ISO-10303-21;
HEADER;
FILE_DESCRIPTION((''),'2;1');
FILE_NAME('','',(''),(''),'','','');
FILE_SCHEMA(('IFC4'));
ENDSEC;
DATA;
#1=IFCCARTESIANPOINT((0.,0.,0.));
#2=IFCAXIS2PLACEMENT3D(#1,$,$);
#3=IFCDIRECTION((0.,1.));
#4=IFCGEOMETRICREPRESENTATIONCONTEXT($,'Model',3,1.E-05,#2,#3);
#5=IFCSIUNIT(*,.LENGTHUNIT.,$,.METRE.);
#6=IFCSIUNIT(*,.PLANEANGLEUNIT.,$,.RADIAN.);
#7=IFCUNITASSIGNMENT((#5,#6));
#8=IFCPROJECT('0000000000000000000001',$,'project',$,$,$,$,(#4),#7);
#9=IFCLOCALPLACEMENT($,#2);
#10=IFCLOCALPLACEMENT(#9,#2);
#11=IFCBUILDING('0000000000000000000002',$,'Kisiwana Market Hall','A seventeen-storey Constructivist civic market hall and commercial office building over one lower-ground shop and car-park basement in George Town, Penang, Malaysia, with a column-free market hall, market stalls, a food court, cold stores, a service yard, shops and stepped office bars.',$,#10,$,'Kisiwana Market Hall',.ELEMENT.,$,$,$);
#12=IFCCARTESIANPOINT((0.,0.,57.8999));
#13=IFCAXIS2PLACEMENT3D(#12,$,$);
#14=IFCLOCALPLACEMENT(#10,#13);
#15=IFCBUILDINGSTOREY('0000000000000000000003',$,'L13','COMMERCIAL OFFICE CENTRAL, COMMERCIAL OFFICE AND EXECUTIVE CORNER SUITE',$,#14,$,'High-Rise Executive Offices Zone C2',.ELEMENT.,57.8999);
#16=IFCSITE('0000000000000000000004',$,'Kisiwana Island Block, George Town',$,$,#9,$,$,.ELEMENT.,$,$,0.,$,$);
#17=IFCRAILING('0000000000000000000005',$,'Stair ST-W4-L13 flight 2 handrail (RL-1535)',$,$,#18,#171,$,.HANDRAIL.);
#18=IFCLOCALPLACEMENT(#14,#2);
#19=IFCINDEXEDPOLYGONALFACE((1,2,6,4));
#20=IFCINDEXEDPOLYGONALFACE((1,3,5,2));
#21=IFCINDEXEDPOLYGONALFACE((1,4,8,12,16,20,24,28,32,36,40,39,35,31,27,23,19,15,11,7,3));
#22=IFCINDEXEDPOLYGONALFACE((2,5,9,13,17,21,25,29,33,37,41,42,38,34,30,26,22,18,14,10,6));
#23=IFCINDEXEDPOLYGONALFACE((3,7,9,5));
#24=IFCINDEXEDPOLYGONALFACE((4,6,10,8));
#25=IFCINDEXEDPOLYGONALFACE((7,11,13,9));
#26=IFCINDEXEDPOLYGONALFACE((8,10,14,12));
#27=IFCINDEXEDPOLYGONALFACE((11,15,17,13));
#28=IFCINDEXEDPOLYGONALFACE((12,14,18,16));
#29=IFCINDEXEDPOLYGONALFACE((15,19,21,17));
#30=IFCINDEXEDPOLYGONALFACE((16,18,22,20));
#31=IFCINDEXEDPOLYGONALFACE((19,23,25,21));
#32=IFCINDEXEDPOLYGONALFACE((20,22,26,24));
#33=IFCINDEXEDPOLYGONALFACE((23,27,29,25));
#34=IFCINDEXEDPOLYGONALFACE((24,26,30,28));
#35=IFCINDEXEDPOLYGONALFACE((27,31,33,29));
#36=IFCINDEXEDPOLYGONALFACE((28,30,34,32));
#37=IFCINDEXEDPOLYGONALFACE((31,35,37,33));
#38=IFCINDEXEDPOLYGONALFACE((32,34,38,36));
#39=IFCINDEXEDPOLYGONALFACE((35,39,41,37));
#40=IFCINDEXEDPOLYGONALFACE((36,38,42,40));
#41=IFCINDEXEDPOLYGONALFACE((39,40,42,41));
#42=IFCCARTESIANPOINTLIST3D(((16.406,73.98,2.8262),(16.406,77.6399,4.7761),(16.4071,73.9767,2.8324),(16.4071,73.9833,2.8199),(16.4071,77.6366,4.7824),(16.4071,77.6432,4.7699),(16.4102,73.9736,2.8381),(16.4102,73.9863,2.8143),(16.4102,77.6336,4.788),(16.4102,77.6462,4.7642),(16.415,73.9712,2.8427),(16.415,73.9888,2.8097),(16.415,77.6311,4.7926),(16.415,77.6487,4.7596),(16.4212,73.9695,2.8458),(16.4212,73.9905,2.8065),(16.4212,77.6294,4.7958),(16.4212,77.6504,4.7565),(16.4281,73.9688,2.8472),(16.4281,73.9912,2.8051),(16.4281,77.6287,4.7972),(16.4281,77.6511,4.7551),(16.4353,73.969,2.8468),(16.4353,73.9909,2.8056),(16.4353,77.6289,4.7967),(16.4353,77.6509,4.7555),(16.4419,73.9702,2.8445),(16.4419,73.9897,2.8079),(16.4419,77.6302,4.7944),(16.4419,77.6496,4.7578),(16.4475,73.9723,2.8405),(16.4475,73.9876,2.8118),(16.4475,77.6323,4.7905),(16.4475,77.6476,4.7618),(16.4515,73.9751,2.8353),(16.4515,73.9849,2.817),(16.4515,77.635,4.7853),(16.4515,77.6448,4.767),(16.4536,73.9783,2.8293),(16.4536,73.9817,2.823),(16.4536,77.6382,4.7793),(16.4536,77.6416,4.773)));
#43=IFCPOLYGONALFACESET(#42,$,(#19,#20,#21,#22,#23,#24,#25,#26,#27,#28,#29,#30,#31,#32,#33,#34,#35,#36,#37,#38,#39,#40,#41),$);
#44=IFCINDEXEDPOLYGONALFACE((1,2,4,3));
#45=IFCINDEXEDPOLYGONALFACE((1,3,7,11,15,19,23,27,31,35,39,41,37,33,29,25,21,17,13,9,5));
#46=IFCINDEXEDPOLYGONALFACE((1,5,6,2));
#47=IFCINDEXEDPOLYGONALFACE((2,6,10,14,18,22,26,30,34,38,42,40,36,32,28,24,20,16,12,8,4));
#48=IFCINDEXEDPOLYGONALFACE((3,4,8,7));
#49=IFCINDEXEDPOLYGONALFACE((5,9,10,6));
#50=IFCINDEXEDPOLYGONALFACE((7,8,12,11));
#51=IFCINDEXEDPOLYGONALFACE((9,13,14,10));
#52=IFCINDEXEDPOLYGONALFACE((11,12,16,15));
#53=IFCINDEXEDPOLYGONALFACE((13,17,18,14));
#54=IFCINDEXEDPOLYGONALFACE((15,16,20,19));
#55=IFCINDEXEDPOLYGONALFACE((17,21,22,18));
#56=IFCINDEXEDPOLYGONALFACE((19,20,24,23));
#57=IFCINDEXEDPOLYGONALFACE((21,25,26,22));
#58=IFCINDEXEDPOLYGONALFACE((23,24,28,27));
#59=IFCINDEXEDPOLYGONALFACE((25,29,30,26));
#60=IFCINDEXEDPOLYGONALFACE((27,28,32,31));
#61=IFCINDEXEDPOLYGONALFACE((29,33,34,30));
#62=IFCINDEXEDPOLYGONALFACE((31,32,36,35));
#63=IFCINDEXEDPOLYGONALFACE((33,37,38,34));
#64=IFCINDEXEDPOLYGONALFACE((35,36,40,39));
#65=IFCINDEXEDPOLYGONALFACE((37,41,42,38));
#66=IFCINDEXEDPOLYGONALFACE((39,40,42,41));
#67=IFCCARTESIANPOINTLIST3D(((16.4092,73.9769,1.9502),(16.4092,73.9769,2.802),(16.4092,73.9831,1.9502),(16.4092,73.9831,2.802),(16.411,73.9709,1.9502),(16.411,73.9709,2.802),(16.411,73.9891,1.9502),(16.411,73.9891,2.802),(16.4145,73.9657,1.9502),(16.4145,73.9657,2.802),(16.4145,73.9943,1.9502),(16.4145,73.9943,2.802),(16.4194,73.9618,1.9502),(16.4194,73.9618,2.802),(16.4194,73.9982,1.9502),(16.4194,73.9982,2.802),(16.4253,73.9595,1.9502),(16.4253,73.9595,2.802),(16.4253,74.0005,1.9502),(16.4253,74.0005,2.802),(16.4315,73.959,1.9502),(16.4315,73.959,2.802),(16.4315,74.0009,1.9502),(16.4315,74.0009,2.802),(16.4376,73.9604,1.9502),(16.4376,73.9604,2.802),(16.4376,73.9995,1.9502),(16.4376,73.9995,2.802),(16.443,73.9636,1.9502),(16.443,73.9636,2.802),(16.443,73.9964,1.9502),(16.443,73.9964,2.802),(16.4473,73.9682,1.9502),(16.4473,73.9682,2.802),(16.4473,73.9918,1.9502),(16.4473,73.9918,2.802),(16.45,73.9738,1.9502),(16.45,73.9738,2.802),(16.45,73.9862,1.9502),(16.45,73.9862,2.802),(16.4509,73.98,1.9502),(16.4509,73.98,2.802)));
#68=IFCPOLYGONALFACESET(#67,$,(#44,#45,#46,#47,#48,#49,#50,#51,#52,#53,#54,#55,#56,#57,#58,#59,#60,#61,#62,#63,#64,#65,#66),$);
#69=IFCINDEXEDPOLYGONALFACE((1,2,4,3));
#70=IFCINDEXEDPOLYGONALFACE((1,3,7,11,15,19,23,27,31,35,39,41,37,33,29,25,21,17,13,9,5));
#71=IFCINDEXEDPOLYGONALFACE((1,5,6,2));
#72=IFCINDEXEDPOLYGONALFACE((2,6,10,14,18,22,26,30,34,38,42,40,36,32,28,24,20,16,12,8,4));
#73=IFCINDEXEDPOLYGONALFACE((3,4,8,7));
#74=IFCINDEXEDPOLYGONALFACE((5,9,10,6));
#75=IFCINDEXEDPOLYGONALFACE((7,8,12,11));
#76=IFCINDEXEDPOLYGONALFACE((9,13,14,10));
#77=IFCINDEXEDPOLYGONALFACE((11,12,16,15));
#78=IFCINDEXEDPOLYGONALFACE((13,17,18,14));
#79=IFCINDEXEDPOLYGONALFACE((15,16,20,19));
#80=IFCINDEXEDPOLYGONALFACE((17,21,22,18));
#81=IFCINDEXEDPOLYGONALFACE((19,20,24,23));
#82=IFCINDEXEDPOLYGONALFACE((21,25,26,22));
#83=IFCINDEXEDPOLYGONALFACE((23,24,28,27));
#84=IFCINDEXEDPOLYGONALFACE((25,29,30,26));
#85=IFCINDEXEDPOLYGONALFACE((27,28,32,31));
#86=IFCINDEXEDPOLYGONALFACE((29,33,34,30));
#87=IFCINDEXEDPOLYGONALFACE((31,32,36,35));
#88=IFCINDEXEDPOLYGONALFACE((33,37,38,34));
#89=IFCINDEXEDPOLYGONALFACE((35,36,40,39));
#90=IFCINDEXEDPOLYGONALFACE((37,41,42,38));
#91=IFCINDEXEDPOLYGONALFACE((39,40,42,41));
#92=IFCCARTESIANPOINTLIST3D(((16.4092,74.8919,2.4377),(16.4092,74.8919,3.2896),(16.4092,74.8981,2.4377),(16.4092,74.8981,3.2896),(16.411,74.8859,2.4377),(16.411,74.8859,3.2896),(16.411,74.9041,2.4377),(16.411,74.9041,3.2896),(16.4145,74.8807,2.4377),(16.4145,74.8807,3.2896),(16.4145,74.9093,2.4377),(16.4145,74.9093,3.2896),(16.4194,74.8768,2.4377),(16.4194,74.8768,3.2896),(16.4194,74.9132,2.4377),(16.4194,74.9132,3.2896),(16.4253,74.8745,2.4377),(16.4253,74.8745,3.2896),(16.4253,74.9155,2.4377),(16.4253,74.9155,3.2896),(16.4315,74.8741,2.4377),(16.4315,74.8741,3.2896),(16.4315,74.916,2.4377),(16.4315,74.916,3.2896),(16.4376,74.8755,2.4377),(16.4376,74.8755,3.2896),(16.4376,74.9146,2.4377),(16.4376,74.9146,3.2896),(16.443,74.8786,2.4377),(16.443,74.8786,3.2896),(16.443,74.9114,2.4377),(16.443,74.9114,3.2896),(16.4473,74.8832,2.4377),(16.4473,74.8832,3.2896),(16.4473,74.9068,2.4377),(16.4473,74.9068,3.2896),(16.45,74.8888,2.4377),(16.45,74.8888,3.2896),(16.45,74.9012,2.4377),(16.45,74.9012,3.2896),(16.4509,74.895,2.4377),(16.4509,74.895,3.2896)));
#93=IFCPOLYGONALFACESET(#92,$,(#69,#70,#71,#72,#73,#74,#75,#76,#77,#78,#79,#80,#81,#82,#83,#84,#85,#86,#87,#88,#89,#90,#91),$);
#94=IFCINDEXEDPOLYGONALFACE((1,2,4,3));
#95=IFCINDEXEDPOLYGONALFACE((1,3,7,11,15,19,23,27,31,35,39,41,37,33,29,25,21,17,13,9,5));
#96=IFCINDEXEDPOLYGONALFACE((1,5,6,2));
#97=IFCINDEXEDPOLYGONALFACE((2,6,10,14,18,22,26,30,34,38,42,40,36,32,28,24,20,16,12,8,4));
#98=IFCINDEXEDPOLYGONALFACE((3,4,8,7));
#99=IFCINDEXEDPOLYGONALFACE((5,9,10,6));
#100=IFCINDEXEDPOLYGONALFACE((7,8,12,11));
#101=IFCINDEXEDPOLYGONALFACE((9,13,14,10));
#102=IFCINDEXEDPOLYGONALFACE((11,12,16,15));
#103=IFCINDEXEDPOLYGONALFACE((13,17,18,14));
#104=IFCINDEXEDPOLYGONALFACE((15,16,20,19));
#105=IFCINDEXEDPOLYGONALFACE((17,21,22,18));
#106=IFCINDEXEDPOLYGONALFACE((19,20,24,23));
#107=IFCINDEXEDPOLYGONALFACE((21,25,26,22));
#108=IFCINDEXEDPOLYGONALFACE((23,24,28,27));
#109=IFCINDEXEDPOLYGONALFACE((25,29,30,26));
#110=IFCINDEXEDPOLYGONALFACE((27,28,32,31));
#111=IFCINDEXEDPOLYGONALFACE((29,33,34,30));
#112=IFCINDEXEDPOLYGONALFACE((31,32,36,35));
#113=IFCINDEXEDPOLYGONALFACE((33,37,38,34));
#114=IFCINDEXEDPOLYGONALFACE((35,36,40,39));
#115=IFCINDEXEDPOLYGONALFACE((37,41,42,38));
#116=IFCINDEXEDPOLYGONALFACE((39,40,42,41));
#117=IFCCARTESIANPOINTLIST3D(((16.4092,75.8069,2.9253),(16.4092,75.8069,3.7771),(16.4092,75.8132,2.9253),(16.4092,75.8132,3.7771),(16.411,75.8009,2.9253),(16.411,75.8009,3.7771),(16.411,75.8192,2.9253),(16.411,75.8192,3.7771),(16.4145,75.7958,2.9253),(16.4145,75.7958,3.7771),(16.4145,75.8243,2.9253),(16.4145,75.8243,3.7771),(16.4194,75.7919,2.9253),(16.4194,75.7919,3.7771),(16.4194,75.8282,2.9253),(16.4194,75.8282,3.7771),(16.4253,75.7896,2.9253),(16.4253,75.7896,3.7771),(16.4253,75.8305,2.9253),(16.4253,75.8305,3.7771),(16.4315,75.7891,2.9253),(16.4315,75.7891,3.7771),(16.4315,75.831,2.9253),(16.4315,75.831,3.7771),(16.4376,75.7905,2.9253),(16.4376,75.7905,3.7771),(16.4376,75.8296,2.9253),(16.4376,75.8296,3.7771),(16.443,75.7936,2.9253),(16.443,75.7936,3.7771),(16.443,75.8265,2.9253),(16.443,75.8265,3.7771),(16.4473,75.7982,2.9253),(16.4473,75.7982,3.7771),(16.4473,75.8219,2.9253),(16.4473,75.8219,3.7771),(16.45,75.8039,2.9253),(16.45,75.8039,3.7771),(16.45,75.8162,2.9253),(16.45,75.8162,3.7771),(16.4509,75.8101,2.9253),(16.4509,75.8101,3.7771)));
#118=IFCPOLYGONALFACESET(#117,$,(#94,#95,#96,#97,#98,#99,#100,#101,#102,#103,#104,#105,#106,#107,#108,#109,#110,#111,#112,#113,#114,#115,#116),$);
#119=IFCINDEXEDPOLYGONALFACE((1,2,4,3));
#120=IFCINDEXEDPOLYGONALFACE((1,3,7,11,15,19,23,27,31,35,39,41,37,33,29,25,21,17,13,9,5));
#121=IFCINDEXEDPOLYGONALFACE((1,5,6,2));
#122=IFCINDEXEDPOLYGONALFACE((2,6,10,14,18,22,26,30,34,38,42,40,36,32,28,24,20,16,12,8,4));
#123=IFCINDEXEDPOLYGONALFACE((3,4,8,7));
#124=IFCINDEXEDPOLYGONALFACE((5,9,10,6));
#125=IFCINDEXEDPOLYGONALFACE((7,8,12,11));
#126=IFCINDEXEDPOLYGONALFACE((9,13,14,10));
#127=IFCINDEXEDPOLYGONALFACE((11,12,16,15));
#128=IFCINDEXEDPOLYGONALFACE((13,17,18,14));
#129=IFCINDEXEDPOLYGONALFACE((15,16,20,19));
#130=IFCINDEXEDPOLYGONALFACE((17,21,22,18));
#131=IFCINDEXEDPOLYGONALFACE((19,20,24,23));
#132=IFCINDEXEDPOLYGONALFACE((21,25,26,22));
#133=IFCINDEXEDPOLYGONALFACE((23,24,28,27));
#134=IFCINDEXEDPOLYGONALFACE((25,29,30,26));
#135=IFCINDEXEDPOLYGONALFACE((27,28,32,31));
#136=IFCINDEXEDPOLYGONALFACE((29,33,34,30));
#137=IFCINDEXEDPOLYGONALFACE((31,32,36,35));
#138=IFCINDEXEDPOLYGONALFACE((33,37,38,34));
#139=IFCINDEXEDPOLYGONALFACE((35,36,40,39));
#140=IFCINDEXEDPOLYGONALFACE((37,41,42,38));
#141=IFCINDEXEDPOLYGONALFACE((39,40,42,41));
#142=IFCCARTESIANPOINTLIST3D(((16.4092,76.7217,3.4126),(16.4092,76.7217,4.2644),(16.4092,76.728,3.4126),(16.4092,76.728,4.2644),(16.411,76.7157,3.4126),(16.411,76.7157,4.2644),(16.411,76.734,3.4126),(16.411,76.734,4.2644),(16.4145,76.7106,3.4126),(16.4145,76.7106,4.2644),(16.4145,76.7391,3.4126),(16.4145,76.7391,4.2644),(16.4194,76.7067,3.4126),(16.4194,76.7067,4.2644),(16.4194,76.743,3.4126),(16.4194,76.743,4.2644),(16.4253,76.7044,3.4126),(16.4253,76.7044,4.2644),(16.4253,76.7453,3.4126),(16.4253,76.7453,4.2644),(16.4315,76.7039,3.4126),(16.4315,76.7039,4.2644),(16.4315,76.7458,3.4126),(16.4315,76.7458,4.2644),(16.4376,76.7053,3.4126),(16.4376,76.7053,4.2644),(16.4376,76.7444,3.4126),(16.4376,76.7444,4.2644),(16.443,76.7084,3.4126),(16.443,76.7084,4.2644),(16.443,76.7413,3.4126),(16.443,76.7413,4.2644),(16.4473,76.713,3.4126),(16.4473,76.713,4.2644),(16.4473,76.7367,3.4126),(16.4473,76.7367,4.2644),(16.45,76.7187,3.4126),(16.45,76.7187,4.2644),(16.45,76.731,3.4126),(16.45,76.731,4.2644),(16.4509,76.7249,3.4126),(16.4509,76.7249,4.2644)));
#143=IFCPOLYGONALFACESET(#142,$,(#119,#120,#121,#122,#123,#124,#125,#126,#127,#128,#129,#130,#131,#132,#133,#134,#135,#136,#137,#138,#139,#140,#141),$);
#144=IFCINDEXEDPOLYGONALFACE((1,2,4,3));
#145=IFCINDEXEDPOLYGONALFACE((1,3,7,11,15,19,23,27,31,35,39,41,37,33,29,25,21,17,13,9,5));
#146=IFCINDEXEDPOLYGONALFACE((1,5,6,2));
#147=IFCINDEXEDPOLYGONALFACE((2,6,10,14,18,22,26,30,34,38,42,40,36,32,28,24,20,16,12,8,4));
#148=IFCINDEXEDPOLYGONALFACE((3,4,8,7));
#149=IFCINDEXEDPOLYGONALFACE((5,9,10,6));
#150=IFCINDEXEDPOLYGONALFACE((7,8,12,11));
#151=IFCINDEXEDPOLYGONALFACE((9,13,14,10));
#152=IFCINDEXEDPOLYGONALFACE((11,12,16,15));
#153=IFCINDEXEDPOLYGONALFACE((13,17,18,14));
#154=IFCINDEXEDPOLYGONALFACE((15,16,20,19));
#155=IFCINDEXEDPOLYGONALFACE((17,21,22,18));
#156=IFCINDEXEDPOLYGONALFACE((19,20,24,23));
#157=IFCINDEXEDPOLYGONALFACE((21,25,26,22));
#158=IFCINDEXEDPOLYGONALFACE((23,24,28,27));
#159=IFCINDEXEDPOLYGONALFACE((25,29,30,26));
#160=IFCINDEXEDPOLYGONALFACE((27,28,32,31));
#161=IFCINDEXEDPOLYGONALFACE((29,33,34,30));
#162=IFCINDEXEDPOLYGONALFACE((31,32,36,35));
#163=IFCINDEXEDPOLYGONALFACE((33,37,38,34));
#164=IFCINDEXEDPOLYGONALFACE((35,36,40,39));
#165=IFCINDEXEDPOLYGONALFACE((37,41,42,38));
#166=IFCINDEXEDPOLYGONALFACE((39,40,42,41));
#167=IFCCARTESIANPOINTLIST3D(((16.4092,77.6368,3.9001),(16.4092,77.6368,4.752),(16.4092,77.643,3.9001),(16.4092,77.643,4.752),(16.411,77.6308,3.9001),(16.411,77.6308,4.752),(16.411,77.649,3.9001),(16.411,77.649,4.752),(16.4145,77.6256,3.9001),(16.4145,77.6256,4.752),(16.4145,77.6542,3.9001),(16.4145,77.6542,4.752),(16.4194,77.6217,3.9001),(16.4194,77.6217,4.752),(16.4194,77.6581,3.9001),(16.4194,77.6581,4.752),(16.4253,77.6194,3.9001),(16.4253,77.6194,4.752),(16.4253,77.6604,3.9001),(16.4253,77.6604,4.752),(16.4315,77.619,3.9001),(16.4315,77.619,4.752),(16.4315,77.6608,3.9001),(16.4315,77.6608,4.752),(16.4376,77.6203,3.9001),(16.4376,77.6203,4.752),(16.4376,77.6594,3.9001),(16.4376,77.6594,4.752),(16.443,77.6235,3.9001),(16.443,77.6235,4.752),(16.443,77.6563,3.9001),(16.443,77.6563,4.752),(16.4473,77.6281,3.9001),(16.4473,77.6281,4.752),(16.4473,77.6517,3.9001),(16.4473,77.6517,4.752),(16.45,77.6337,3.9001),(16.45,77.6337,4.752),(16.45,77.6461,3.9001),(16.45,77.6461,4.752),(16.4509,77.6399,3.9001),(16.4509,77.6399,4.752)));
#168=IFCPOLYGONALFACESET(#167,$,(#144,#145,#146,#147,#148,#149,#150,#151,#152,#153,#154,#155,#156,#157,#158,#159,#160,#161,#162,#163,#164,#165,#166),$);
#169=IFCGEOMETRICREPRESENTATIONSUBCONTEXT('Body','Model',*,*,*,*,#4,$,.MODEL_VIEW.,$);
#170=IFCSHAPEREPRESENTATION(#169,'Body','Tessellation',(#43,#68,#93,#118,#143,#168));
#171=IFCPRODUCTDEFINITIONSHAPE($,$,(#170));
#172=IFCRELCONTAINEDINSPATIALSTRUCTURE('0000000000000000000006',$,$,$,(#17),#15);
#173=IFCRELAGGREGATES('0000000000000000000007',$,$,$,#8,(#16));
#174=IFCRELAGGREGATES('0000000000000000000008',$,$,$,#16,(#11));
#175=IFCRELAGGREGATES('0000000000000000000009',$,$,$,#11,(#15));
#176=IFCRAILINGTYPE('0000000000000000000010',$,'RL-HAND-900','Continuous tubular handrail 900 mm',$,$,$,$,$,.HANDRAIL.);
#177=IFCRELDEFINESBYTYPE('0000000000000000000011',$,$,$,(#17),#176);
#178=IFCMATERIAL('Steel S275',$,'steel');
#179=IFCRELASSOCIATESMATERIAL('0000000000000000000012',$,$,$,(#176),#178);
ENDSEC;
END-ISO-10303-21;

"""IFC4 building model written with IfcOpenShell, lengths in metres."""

from ifc_helpers import new_model, si_unit, direction, frame, origin, origin_2d, place, context, subcontext, project, spatial, circle, extrude, material, type_object, element, save


model = new_model("IFC4")

# Units and contexts
model_context = context("Model", 3, precision=1e-05, world=origin(), true_north=direction((0.0, 1.0)))
body_context = subcontext(model_context, "Body", "Model", "MODEL_VIEW")
ifc_project = project(units=[si_unit("LENGTHUNIT", "METRE"), si_unit("PLANEANGLEUNIT", "RADIAN")], contexts=[model_context])

# Site, building, storey
site_placement = place(None, origin())
site = spatial("IfcSite", under=ifc_project, at=site_placement, Name="Kisiwana Island Block, George Town", CompositionType="ELEMENT", RefElevation=0.0)
building_placement = place(site_placement, origin())
building = spatial("IfcBuilding", under=site, at=building_placement, Name="Kisiwana Market Hall", Description="A seventeen-storey Constructivist civic market hall and commercial office building over one lower-ground shop and car-park basement in George Town, Penang, Malaysia, with a column-free market hall, market stalls, a food court, cold stores, a service yard, shops and stepped office bars.", LongName="Kisiwana Market Hall", CompositionType="ELEMENT")
storey_placement = place(building_placement, frame((0.0, 0.0, 57.8999)))
storey = spatial("IfcBuildingStorey", under=building, at=storey_placement, Name="L13", Description="COMMERCIAL OFFICE CENTRAL, COMMERCIAL OFFICE AND EXECUTIVE CORNER SUITE", LongName="High-Rise Executive Offices Zone C2", CompositionType="ELEMENT", Elevation=57.8999)

# Railing
ifc_material_1 = material(Name="Steel S275", Category="steel")
railing_type_1 = type_object("IfcRailingType", Name="RL-HAND-900", Description="Continuous tubular handrail 900 mm", PredefinedType="HANDRAIL", material=ifc_material_1)
for number, where, name in (
    (1, (16.4299, 73.98, 1.9502), "Stair ST-W4-L13 flight 2 handrail (RL-1535)"),
):
    element("IfcRailing", number, at=place(storey_placement, frame(where)), inside=storey, type_object=railing_type_1, Name=name, PredefinedType="HANDRAIL", context=body_context, shape_type="SweptSolid", body=[
        extrude(circle(Radius=0.0239, at=origin_2d()), frame((0.0, 0.0, 0.876), z_axis=(0.0, 0.882553, 0.470212), x_axis=(-1.0, 0.0, 0.0)), (0.0, 0.0, 1.0), 4.147),
        extrude(circle(Radius=0.021, at=origin_2d()), origin(), (0.0, 0.0, 1.0), 0.8518),
        extrude(circle(Radius=0.021, at=origin_2d()), frame((0.0, 0.915, 0.4875)), (0.0, 0.0, 1.0), 0.8518),
        extrude(circle(Radius=0.021, at=origin_2d()), frame((0.0, 1.8301, 0.9751)), (0.0, 0.0, 1.0), 0.8518),
        extrude(circle(Radius=0.021, at=origin_2d()), frame((0.0, 2.7449, 1.4624)), (0.0, 0.0, 1.0), 0.8518),
        extrude(circle(Radius=0.021, at=origin_2d()), frame((0.0, 3.6599, 1.95)), (0.0, 0.0, 1.0), 0.8518),
    ])

save(model, "model.ifc")
